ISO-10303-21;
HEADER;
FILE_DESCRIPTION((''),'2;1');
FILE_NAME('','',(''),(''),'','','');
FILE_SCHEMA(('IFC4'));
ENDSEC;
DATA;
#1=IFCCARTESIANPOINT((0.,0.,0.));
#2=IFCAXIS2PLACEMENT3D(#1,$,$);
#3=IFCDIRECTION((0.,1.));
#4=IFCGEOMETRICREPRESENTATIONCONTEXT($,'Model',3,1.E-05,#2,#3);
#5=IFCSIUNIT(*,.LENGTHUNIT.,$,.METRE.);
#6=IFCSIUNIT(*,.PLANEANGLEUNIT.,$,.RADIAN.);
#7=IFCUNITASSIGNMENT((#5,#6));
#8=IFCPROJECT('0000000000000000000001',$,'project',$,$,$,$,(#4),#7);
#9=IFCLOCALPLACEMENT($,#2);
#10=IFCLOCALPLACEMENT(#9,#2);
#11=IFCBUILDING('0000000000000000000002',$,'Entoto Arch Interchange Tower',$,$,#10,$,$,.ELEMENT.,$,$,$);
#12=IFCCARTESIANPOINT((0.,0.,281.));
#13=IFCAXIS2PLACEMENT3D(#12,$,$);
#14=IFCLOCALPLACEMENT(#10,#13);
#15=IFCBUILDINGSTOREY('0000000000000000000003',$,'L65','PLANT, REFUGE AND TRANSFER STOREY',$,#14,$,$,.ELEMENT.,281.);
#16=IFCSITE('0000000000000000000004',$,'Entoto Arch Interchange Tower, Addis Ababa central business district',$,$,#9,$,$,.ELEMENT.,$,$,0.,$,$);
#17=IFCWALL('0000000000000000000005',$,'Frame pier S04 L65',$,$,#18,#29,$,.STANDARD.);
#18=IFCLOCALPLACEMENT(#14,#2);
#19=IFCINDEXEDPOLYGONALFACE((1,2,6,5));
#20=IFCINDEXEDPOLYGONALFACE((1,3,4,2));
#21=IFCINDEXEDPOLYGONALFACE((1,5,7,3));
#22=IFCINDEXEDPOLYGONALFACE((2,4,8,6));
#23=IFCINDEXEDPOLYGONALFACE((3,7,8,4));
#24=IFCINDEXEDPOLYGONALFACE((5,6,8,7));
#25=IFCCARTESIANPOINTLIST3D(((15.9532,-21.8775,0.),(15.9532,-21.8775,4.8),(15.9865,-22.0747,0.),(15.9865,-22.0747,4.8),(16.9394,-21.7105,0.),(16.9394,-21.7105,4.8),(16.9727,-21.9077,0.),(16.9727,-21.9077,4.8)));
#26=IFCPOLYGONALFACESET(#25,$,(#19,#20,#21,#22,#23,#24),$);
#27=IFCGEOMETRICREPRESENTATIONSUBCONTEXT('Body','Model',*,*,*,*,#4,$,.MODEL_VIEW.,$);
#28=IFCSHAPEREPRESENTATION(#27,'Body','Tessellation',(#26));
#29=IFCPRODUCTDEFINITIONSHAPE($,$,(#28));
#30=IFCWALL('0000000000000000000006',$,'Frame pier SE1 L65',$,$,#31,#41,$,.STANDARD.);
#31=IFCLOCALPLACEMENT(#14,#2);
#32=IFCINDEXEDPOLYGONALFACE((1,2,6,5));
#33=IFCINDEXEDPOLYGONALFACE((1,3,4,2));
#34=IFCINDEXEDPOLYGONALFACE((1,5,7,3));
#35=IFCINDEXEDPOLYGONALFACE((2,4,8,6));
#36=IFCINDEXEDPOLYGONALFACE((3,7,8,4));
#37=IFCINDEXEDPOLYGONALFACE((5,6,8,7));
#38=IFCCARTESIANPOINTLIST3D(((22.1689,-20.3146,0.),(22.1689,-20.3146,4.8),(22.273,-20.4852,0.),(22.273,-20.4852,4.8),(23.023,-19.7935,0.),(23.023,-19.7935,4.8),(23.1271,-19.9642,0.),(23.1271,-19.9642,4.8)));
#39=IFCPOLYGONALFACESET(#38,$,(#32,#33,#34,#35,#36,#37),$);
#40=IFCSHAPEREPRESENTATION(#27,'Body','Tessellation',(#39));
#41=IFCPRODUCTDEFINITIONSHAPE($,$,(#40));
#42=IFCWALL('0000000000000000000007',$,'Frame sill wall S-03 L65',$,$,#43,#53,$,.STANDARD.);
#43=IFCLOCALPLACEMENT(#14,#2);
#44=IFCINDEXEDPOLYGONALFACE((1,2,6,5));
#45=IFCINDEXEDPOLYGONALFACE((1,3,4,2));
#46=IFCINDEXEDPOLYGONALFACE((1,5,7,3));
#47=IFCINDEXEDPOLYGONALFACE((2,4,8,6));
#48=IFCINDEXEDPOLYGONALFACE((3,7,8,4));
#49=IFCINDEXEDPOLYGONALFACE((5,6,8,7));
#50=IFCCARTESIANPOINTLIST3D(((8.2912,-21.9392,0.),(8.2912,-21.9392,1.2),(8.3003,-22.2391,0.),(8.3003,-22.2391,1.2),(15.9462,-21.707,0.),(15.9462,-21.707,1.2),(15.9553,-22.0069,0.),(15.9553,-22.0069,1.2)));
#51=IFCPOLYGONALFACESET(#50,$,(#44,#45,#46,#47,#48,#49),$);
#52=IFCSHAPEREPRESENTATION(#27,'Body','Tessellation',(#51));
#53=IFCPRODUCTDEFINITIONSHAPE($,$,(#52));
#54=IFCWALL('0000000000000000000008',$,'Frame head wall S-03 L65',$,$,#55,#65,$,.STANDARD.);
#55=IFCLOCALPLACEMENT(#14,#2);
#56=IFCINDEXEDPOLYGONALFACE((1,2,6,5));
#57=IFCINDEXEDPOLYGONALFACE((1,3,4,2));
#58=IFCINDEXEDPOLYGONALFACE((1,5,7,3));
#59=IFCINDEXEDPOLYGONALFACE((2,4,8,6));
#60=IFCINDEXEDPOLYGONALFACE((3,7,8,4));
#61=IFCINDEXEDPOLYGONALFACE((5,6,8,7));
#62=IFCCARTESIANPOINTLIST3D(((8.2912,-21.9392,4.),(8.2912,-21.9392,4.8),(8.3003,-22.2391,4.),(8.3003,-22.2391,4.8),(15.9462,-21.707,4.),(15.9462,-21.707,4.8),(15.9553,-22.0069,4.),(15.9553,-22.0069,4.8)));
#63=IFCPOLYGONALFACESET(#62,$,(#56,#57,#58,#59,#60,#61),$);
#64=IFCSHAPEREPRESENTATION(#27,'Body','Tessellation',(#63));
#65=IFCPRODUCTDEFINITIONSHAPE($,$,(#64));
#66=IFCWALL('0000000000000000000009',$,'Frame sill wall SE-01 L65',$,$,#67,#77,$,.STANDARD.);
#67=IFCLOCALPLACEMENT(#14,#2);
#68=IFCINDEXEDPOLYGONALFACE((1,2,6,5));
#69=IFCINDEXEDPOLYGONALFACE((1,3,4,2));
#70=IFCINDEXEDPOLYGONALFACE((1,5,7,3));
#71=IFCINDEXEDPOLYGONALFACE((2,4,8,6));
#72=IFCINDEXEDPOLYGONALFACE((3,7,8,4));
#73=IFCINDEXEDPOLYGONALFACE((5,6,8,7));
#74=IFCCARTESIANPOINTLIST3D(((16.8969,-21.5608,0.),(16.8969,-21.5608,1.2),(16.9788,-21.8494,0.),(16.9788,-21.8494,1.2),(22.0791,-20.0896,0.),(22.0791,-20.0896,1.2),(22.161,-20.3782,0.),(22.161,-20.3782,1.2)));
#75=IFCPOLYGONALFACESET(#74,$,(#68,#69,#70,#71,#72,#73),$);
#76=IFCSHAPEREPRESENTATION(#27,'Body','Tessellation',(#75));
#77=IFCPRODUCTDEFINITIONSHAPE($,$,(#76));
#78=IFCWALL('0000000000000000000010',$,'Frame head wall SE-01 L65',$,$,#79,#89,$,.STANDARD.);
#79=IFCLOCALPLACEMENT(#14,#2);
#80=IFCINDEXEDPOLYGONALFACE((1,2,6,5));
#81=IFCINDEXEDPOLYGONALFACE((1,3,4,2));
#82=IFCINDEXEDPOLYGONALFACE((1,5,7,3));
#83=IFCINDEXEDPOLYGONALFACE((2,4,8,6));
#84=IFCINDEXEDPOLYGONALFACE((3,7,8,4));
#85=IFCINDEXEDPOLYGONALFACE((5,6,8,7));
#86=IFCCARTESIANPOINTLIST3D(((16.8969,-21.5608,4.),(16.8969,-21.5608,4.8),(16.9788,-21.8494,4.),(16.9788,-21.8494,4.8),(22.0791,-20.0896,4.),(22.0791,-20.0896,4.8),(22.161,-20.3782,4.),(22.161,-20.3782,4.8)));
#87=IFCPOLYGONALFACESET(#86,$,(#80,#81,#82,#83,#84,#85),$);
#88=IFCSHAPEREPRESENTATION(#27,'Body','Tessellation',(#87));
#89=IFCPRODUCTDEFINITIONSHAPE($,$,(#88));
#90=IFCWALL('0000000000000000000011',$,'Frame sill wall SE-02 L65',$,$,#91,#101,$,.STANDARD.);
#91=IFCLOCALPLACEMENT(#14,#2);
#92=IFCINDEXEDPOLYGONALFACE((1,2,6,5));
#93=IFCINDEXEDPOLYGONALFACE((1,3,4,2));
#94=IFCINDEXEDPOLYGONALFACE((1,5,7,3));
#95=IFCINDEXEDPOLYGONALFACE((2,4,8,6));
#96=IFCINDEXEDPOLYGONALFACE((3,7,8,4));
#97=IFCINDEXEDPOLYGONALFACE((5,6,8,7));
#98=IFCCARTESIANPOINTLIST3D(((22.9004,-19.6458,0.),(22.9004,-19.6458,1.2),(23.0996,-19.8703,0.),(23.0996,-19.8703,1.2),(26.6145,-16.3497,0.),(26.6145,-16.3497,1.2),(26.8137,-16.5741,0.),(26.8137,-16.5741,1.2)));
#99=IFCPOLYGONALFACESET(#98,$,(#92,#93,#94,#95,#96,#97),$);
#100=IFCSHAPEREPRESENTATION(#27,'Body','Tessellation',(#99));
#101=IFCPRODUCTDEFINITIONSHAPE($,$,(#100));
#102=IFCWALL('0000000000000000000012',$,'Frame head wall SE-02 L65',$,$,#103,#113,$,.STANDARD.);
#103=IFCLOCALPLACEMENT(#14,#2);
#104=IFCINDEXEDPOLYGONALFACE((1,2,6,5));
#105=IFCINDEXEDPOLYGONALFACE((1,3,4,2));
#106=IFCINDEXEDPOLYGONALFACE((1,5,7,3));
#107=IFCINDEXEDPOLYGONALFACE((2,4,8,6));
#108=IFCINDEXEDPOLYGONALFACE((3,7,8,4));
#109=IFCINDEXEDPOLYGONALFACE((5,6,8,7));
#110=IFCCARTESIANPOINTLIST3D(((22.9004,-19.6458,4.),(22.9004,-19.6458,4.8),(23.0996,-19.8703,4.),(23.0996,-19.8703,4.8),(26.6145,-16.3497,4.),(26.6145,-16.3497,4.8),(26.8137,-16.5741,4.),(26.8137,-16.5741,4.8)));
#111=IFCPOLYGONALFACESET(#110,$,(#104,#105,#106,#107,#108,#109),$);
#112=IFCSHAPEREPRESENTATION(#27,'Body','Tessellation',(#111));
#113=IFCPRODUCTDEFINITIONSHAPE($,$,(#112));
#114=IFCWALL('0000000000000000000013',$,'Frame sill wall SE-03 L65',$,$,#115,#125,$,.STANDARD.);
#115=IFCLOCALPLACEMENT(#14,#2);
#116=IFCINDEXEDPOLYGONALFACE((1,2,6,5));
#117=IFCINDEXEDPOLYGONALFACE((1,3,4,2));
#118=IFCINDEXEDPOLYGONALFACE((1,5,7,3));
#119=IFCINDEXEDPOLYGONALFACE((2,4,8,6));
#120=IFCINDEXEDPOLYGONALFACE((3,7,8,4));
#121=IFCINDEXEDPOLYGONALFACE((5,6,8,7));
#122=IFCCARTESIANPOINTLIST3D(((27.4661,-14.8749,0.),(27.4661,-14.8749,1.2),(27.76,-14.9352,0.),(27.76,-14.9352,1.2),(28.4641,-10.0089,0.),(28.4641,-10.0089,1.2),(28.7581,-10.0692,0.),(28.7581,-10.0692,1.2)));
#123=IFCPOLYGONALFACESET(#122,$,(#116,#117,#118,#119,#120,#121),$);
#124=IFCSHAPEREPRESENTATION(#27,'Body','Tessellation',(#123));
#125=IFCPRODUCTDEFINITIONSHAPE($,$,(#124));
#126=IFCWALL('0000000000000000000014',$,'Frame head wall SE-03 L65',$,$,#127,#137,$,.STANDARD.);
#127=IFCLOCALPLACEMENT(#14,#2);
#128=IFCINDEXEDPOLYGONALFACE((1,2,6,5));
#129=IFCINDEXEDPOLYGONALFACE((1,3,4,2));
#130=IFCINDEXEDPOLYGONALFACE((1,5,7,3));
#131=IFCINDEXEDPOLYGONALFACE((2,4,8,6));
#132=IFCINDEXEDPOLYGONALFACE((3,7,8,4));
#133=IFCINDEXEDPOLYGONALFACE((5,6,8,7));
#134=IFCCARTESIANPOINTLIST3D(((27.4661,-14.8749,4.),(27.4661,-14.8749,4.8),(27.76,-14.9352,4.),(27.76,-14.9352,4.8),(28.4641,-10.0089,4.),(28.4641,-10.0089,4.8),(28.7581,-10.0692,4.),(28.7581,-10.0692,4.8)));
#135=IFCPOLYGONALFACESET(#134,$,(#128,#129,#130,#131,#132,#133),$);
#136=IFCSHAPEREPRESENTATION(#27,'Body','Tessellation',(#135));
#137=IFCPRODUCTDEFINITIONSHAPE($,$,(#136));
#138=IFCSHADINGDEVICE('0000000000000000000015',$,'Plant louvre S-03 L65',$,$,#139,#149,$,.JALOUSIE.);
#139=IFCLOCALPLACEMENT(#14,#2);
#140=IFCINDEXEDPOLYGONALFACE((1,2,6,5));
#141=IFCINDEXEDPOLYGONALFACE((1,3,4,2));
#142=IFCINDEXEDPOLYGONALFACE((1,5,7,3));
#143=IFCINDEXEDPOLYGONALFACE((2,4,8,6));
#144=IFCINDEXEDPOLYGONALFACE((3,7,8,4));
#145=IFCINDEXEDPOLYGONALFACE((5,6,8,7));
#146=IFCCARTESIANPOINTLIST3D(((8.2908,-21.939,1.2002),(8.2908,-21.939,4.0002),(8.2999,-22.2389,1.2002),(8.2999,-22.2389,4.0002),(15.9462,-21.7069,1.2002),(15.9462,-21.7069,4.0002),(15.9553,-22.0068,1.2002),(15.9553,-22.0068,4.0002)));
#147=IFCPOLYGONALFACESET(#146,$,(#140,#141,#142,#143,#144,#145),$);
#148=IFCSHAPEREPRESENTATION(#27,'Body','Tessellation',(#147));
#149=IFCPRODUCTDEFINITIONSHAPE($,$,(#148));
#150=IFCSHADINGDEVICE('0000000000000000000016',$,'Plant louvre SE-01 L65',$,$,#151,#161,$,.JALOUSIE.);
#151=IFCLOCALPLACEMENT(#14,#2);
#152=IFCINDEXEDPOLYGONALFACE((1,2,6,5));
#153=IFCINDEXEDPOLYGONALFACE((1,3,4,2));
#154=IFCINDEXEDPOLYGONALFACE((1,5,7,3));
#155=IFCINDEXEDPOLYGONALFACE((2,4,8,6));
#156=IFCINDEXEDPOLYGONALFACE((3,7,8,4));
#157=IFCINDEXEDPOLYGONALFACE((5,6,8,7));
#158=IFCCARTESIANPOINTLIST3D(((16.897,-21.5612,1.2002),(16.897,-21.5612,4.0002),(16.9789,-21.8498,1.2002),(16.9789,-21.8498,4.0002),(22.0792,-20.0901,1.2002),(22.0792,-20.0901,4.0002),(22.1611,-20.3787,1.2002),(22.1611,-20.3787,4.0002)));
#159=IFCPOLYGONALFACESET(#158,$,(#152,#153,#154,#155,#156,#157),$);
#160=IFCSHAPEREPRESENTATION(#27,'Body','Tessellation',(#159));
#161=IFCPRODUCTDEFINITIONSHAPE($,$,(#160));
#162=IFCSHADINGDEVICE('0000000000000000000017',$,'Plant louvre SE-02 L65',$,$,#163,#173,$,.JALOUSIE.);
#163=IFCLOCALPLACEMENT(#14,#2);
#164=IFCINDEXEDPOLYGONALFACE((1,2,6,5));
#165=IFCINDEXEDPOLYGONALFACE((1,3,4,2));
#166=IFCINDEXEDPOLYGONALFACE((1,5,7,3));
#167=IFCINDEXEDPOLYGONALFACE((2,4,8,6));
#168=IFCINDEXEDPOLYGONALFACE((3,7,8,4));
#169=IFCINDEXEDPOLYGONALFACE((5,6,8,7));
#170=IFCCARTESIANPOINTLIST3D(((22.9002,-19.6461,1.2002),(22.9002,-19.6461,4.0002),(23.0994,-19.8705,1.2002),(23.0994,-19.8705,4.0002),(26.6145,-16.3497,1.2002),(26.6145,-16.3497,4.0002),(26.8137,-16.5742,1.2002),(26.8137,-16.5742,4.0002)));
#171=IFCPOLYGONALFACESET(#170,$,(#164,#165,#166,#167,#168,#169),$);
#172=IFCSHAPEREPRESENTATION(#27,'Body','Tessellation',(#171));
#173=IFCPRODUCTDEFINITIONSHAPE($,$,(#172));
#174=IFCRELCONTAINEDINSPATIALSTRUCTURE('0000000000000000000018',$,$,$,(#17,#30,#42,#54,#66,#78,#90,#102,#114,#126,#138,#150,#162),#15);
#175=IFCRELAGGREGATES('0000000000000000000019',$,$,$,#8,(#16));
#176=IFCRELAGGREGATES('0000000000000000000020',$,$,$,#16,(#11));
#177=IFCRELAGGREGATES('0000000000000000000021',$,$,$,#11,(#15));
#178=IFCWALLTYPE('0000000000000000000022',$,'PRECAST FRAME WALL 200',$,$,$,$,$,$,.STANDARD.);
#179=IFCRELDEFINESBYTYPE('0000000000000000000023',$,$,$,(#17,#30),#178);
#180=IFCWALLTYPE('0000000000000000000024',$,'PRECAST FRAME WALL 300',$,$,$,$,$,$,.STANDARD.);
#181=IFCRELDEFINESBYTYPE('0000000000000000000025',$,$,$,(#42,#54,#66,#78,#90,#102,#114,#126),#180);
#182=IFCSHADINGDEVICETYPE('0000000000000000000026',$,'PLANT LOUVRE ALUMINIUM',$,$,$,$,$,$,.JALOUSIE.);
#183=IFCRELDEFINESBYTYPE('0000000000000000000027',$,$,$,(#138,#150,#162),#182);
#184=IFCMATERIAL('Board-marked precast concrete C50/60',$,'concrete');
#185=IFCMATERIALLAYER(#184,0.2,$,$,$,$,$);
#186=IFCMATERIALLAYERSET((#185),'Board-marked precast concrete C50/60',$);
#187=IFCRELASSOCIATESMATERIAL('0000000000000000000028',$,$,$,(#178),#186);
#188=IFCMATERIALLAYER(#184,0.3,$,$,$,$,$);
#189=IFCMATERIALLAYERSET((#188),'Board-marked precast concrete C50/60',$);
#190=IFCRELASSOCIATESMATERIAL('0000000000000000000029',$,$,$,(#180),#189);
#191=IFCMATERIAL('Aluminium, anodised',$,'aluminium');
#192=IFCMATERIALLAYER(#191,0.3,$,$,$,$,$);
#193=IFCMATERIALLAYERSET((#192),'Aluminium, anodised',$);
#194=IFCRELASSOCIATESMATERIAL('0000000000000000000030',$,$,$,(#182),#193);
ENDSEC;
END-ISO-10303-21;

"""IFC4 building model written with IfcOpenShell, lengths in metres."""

from ifc_helpers import new_model, si_unit, direction, frame, frame_2d, origin, origin_2d, place, context, subcontext, project, spatial, rectangle, extrude, material, layer, layer_set, type_object, element, save


model = new_model("IFC4")

# Units and contexts
model_context = context("Model", 3, precision=1e-05, world=origin(), true_north=direction((0.0, 1.0)))
body_context = subcontext(model_context, "Body", "Model", "MODEL_VIEW")
ifc_project = project(units=[si_unit("LENGTHUNIT", "METRE"), si_unit("PLANEANGLEUNIT", "RADIAN")], contexts=[model_context])

# Site, building, storey
site_placement = place(None, origin())
site = spatial("IfcSite", under=ifc_project, at=site_placement, Name="Entoto Arch Interchange Tower, Addis Ababa central business district", CompositionType="ELEMENT", RefElevation=0.0)
building_placement = place(site_placement, origin())
building = spatial("IfcBuilding", under=site, at=building_placement, Name="Entoto Arch Interchange Tower", CompositionType="ELEMENT")
storey_placement = place(building_placement, frame((0.0, 0.0, 281.0)))
storey = spatial("IfcBuildingStorey", under=building, at=storey_placement, Name="L65", Description="PLANT, REFUGE AND TRANSFER STOREY", CompositionType="ELEMENT", Elevation=281.0)

# Walls
ifc_material_1 = material(Name="Board-marked precast concrete C50/60", Category="concrete")
ifc_layer_1 = layer(ifc_material_1, 0.2)
ifc_layer_set_1 = layer_set([ifc_layer_1], Name="Board-marked precast concrete C50/60")
wall_type_1 = type_object("IfcWallType", Name="PRECAST FRAME WALL 200", PredefinedType="STANDARD", material=ifc_layer_set_1)
wall_1_placement = place(storey_placement, frame((15.97, -21.9761, 0.0), z_axis=(0.0, 0.0, 1.0), x_axis=(0.985962, 0.166971, 0.0)))
element("IfcWall", 1, at=wall_1_placement, inside=storey, type_object=wall_type_1, Name="Frame pier S04 L65", PredefinedType="STANDARD", context=body_context, shape_type="SweptSolid", body=[
    extrude(rectangle(XDim=1.0002, YDim=0.2, at=frame_2d((0.5, 0.0))), origin(), (0.0, 0.0, 1.0), 4.8),
])
wall_2_placement = place(storey_placement, frame((22.2209, -20.3999, 0.0), z_axis=(0.0, 0.0, 1.0), x_axis=(0.85368, 0.520798, 0.0)))
element("IfcWall", 2, at=wall_2_placement, inside=storey, type_object=wall_type_1, Name="Frame pier SE1 L65", PredefinedType="STANDARD", context=body_context, shape_type="SweptSolid", body=[
    extrude(rectangle(XDim=1.0005, YDim=0.2, at=frame_2d((0.5002, 0.0))), origin(), (0.0, 0.0, 1.0), 4.8),
])
ifc_layer_2 = layer(ifc_material_1, 0.3)
ifc_layer_set_2 = layer_set([ifc_layer_2], Name="Board-marked precast concrete C50/60")
wall_type_2 = type_object("IfcWallType", Name="PRECAST FRAME WALL 300", PredefinedType="STANDARD", material=ifc_layer_set_2)
wall_3_placement = place(storey_placement, frame((8.2959, -22.0891, 0.0), z_axis=(0.0, 0.0, 1.0), x_axis=(0.99954, 0.030316, 0.0)))
element("IfcWall", 3, at=wall_3_placement, inside=storey, type_object=wall_type_2, Name="Frame sill wall S-03 L65", PredefinedType="STANDARD", context=body_context, shape_type="SweptSolid", body=[
    extrude(rectangle(XDim=7.6584, YDim=0.3, at=frame_2d((3.8291, 0.0))), origin(), (0.0, 0.0, 1.0), 1.2),
])
wall_4_placement = place(storey_placement, frame((8.2959, -22.0891, 4.0), z_axis=(0.0, 0.0, 1.0), x_axis=(0.99954, 0.030316, 0.0)))
element("IfcWall", 4, at=wall_4_placement, inside=storey, type_object=wall_type_2, Name="Frame head wall S-03 L65", PredefinedType="STANDARD", context=body_context, shape_type="SweptSolid", body=[
    extrude(rectangle(XDim=7.6584, YDim=0.3, at=frame_2d((3.8291, 0.0))), origin(), (0.0, 0.0, 1.0), 0.8),
])
wall_5_placement = place(storey_placement, frame((16.938, -21.7051, 0.0), z_axis=(0.0, 0.0, 1.0), x_axis=(0.961984, 0.273105, 0.0)))
element("IfcWall", 5, at=wall_5_placement, inside=storey, type_object=wall_type_2, Name="Frame sill wall SE-01 L65", PredefinedType="STANDARD", context=body_context, shape_type="SweptSolid", body=[
    extrude(rectangle(XDim=5.387, YDim=0.3, at=frame_2d((2.6934, 0.0))), origin(), (0.0, 0.0, 1.0), 1.2),
])
wall_6_placement = place(storey_placement, frame((16.938, -21.7051, 4.0), z_axis=(0.0, 0.0, 1.0), x_axis=(0.961984, 0.273105, 0.0)))
element("IfcWall", 6, at=wall_6_placement, inside=storey, type_object=wall_type_2, Name="Frame head wall SE-01 L65", PredefinedType="STANDARD", context=body_context, shape_type="SweptSolid", body=[
    extrude(rectangle(XDim=5.387, YDim=0.3, at=frame_2d((2.6934, 0.0))), origin(), (0.0, 0.0, 1.0), 0.8),
])
wall_7_placement = place(storey_placement, frame((23.0, -19.7581, 0.0), z_axis=(0.0, 0.0, 1.0), x_axis=(0.747938, 0.663769, 0.0)))
element("IfcWall", 7, at=wall_7_placement, inside=storey, type_object=wall_type_2, Name="Frame sill wall SE-02 L65", PredefinedType="STANDARD", context=body_context, shape_type="SweptSolid", body=[
    extrude(rectangle(XDim=4.9658, YDim=0.3, at=frame_2d((2.4829, 0.0))), origin(), (0.0, 0.0, 1.0), 1.2),
])
wall_8_placement = place(storey_placement, frame((23.0, -19.7581, 4.0), z_axis=(0.0, 0.0, 1.0), x_axis=(0.747938, 0.663769, 0.0)))
element("IfcWall", 8, at=wall_8_placement, inside=storey, type_object=wall_type_2, Name="Frame head wall SE-02 L65", PredefinedType="STANDARD", context=body_context, shape_type="SweptSolid", body=[
    extrude(rectangle(XDim=4.9658, YDim=0.3, at=frame_2d((2.4829, 0.0))), origin(), (0.0, 0.0, 1.0), 0.8),
])
wall_9_placement = place(storey_placement, frame((27.613, -14.905, 0.0), z_axis=(0.0, 0.0, 1.0), x_axis=(0.200925, 0.979607, 0.0)))
element("IfcWall", 9, at=wall_9_placement, inside=storey, type_object=wall_type_2, Name="Frame sill wall SE-03 L65", PredefinedType="STANDARD", context=body_context, shape_type="SweptSolid", body=[
    extrude(rectangle(XDim=4.9673, YDim=0.3, at=frame_2d((2.4836, 0.0))), origin(), (0.0, 0.0, 1.0), 1.2),
])
wall_10_placement = place(storey_placement, frame((27.613, -14.905, 4.0), z_axis=(0.0, 0.0, 1.0), x_axis=(0.200925, 0.979607, 0.0)))
element("IfcWall", 10, at=wall_10_placement, inside=storey, type_object=wall_type_2, Name="Frame head wall SE-03 L65", PredefinedType="STANDARD", context=body_context, shape_type="SweptSolid", body=[
    extrude(rectangle(XDim=4.9673, YDim=0.3, at=frame_2d((2.4836, 0.0))), origin(), (0.0, 0.0, 1.0), 0.8),
])

# Shading devices
ifc_material_2 = material(Name="Aluminium, anodised", Category="aluminium")
ifc_layer_3 = layer(ifc_material_2, 0.3)
ifc_layer_set_3 = layer_set([ifc_layer_3], Name="Aluminium, anodised")
shading_device_type = type_object("IfcShadingDeviceType", Name="PLANT LOUVRE ALUMINIUM", PredefinedType="JALOUSIE", material=ifc_layer_set_3)
shading_device_1_placement = place(storey_placement, frame((12.123, -21.9729, 1.2002), z_axis=(0.0, 0.0, 1.0), x_axis=(0.999541, 0.030294, 0.0)))
element("IfcShadingDevice", 11, at=shading_device_1_placement, inside=storey, type_object=shading_device_type, Name="Plant louvre S-03 L65", PredefinedType="JALOUSIE", context=body_context, shape_type="SweptSolid", body=[
    extrude(rectangle(XDim=7.6589, YDim=0.3, at=origin_2d()), origin(), (0.0, 0.0, 1.0), 2.8),
])
shading_device_2_placement = place(storey_placement, frame((19.5291, -20.97, 1.2002), z_axis=(0.0, 0.0, 1.0), x_axis=(0.96199, 0.273086, 0.0)))
element("IfcShadingDevice", 12, at=shading_device_2_placement, inside=storey, type_object=shading_device_type, Name="Plant louvre SE-01 L65", PredefinedType="JALOUSIE", context=body_context, shape_type="SweptSolid", body=[
    extrude(rectangle(XDim=5.387, YDim=0.3, at=origin_2d()), origin(), (0.0, 0.0, 1.0), 2.8),
])
shading_device_3_placement = place(storey_placement, frame((24.8569, -18.1101, 1.2002), z_axis=(0.0, 0.0, 1.0), x_axis=(0.747937, 0.66377, 0.0)))
element("IfcShadingDevice", 13, at=shading_device_3_placement, inside=storey, type_object=shading_device_type, Name="Plant louvre SE-02 L65", PredefinedType="JALOUSIE", context=body_context, shape_type="SweptSolid", body=[
    extrude(rectangle(XDim=4.9661, YDim=0.3, at=origin_2d()), origin(), (0.0, 0.0, 1.0), 2.8),
])

save(model, "model.ifc")
